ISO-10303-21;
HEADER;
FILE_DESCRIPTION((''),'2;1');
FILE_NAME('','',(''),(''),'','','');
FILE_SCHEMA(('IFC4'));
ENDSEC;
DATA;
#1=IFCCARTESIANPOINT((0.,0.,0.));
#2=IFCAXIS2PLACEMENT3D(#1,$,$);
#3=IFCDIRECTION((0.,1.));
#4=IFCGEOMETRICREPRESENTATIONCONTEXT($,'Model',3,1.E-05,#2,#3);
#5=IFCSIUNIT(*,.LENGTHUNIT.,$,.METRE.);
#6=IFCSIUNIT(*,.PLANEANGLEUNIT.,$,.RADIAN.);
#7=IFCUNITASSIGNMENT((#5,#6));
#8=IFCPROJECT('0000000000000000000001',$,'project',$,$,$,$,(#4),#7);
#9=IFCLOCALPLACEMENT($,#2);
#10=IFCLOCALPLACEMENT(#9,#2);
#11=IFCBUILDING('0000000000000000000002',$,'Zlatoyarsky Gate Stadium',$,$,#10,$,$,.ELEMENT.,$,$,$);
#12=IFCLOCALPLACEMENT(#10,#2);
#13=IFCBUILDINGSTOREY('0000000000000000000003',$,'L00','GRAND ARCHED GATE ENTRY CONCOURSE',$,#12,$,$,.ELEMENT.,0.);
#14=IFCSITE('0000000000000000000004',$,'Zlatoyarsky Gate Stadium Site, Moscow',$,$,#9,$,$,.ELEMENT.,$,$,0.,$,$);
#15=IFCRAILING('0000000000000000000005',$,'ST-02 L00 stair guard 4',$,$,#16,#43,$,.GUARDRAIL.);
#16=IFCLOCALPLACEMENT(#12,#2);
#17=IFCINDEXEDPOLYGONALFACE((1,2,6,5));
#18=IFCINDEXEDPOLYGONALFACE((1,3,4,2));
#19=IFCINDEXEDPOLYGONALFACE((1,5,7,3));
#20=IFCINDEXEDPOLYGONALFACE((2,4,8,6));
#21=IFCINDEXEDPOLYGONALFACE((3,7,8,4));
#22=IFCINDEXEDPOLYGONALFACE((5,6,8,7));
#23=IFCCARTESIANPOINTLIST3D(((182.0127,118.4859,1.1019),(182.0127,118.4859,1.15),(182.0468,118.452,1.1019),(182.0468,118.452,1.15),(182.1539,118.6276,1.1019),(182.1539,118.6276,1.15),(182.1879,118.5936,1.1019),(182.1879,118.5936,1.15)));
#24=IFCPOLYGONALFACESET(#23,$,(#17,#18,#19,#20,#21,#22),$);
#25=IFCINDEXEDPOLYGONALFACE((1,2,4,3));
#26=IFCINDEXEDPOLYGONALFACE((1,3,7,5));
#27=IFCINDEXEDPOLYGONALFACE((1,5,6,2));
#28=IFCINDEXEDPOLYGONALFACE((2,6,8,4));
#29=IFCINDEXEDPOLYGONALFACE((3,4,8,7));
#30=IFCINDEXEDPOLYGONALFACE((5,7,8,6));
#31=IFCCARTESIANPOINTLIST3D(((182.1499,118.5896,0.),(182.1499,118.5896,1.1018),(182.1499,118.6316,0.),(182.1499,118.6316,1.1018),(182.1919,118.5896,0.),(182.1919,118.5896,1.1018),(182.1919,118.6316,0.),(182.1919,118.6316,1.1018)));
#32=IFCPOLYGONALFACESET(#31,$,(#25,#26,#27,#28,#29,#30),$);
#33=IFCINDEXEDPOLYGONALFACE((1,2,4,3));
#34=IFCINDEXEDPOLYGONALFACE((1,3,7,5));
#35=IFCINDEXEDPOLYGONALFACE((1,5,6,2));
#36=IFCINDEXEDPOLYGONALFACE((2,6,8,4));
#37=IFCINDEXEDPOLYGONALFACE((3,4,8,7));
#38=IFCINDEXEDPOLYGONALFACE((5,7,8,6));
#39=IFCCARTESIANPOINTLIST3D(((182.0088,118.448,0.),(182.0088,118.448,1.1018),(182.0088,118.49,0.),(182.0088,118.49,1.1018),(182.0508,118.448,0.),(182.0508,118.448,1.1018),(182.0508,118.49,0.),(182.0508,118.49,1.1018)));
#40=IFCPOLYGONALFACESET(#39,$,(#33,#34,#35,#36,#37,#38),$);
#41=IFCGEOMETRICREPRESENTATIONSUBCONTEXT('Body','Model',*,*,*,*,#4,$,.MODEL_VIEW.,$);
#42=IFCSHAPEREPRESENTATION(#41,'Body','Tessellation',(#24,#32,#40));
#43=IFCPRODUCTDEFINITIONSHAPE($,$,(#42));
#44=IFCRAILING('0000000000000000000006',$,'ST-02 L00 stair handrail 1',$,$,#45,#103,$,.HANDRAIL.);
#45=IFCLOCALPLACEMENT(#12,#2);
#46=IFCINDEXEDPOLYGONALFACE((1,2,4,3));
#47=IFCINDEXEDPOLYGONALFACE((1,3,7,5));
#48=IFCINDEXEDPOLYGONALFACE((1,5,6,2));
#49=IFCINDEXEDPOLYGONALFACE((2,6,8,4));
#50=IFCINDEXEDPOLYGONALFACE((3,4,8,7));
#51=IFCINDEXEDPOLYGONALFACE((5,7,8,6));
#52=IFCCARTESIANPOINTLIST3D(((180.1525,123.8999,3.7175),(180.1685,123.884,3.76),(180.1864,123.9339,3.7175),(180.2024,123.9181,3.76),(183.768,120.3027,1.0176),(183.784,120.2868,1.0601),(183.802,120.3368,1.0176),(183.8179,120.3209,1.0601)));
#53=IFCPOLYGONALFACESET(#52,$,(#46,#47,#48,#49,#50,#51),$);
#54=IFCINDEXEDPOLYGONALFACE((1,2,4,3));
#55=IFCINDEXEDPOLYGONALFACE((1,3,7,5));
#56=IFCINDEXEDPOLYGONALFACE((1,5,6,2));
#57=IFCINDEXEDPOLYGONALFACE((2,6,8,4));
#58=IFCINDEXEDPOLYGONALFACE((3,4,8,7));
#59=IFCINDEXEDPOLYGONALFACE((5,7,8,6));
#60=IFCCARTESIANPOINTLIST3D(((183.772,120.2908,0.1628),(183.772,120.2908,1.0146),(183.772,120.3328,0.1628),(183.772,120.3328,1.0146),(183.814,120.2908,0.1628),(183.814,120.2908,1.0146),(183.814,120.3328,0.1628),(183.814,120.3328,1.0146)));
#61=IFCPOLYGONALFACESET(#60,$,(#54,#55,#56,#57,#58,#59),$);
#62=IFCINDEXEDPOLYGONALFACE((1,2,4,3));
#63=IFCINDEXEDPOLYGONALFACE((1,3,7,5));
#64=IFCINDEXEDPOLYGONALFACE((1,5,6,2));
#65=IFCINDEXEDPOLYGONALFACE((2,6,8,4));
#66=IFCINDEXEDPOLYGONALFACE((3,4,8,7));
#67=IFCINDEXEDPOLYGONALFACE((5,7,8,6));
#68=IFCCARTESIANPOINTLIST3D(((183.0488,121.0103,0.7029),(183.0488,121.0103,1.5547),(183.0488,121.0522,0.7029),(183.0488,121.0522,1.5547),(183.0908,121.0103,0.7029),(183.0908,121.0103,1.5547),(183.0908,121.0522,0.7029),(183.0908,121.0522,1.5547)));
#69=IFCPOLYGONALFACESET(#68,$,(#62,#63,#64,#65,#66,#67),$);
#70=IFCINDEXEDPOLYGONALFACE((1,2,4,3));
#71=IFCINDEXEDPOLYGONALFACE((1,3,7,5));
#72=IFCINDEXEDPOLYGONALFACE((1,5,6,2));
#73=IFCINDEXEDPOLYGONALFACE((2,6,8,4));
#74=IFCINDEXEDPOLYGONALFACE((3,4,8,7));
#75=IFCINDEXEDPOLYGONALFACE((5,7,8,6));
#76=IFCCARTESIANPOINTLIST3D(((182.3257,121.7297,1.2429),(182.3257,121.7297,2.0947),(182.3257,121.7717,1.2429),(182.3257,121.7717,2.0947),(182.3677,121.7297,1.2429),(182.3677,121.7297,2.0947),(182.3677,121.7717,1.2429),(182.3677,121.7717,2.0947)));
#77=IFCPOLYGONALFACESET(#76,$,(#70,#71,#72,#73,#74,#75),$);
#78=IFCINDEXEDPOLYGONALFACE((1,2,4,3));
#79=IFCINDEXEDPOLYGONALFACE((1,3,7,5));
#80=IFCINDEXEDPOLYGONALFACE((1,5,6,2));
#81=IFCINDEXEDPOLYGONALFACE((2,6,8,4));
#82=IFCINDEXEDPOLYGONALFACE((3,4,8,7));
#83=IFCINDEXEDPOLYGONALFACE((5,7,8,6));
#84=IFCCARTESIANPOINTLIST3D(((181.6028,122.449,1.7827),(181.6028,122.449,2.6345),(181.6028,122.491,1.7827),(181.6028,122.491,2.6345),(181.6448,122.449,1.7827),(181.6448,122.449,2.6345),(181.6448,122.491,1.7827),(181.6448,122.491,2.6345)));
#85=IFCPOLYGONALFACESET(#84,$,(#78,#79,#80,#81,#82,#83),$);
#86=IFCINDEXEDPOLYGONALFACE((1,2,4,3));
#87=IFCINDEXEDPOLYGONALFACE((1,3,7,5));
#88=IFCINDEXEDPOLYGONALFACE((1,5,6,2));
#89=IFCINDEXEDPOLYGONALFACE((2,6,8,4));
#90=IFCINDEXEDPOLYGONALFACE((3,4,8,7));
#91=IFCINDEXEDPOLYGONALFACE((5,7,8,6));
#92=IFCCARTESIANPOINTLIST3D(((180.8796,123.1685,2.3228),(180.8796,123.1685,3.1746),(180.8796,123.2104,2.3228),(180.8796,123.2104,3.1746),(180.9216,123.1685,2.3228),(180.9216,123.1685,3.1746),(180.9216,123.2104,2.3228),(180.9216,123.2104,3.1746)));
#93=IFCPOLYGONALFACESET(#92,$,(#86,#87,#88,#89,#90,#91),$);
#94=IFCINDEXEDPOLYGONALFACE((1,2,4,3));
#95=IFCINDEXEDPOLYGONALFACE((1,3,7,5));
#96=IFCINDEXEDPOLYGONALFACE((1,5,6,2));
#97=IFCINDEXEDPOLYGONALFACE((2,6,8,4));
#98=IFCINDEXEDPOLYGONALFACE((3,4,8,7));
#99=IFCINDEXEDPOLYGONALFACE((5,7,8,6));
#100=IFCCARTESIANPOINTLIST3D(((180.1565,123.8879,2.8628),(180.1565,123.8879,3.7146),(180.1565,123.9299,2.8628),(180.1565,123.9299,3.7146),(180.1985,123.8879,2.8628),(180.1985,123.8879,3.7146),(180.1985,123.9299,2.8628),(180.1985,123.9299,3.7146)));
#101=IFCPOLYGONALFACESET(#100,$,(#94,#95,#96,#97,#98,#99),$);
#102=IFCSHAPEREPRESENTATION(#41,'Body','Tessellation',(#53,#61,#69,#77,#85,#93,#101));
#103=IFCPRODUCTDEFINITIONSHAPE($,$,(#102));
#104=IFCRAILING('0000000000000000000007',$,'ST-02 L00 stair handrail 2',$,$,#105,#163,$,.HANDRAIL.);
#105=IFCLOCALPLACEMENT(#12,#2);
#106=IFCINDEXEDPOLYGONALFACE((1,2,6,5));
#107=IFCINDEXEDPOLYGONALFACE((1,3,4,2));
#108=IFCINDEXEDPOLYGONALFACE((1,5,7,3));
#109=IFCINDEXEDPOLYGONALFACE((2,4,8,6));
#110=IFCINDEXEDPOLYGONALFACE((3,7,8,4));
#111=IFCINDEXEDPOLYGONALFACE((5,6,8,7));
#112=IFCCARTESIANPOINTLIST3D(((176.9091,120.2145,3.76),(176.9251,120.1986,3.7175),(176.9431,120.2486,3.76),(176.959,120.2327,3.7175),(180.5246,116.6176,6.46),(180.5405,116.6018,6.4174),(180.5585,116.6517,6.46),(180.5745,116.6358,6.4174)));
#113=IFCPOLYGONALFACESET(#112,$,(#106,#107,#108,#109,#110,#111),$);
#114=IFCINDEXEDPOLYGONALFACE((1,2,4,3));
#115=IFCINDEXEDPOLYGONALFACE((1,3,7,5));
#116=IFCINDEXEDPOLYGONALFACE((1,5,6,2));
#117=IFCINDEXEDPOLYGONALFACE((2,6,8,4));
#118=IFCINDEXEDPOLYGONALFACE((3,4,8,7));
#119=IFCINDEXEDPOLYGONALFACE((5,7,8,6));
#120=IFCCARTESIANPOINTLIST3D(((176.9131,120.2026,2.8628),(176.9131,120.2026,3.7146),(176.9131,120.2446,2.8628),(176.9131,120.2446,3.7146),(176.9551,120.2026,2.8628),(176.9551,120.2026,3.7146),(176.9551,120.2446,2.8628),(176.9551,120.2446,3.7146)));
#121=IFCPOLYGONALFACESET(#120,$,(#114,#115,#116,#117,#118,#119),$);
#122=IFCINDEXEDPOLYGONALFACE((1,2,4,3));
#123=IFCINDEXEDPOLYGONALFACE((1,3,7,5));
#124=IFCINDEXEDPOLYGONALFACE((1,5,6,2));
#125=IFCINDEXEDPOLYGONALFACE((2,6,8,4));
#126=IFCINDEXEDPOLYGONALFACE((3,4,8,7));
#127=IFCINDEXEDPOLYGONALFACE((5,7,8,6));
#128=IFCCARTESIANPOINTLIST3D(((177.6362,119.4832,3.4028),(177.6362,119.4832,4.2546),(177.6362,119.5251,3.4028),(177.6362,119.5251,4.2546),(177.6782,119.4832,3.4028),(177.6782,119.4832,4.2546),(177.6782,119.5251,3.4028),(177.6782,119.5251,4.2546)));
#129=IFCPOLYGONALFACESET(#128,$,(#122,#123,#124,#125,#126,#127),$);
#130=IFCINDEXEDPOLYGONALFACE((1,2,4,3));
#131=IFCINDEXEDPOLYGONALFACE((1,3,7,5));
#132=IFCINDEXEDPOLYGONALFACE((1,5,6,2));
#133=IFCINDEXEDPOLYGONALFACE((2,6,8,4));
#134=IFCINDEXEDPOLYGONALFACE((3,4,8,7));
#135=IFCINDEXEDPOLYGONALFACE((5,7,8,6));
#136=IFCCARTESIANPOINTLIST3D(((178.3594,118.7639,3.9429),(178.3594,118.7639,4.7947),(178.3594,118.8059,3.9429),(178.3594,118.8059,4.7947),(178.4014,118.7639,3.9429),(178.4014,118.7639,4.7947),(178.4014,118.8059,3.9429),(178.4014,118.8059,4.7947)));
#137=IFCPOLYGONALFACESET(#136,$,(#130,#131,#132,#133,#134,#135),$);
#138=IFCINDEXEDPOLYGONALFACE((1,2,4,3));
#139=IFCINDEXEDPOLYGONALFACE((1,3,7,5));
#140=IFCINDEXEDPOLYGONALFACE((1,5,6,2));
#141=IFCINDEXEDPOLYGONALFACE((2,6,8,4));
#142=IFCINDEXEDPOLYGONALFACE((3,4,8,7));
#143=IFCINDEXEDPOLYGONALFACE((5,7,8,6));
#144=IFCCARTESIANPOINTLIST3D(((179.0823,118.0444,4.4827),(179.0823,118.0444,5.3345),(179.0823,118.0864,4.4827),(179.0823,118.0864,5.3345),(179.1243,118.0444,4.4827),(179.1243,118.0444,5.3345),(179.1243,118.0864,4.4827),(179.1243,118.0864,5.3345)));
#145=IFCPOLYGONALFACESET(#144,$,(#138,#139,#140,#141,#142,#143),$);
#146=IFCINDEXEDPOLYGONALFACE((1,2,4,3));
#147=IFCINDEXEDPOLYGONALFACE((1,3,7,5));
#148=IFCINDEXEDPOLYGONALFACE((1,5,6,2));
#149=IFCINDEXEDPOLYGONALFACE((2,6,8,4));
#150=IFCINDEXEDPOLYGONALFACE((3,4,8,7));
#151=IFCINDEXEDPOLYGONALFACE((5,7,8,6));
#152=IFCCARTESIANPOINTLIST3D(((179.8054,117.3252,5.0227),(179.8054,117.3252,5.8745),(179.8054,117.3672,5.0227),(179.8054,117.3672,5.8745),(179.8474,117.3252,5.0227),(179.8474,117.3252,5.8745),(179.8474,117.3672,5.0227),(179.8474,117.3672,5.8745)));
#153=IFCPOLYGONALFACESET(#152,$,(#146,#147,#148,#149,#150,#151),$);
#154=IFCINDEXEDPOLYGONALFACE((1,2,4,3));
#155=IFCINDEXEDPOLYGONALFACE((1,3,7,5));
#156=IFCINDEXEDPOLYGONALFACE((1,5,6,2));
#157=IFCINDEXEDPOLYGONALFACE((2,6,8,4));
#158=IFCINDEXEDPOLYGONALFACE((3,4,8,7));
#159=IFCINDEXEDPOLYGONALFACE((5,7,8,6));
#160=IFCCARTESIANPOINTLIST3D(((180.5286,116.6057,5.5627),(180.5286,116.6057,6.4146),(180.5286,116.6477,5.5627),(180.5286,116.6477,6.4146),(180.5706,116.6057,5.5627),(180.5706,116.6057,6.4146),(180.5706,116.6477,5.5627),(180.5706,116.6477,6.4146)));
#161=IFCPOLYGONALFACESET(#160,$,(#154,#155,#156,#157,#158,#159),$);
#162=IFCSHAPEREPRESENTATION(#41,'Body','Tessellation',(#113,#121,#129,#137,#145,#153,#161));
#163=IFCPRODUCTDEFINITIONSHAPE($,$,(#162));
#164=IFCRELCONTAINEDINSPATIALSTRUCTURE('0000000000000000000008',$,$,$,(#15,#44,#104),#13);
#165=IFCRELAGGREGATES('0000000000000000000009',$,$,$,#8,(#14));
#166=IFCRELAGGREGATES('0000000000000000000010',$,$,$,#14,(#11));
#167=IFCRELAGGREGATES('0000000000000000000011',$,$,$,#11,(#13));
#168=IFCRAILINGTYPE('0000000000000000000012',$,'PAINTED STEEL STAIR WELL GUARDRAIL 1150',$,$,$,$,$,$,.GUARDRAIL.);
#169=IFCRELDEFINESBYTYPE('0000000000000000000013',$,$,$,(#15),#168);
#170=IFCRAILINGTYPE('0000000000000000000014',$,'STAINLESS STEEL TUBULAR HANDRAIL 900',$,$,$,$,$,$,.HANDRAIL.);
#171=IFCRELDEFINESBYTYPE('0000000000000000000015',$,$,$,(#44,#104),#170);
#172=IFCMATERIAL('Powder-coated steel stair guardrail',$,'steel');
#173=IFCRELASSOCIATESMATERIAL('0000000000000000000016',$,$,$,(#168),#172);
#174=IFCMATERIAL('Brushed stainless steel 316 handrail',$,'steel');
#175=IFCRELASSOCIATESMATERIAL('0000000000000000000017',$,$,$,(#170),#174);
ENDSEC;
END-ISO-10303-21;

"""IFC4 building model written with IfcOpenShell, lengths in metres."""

from ifc_helpers import new_model, si_unit, direction, frame, origin, origin_2d, place, context, subcontext, project, spatial, rectangle, extrude, material, type_object, element, save


model = new_model("IFC4")

# Units and contexts
model_context = context("Model", 3, precision=1e-05, world=origin(), true_north=direction((0.0, 1.0)))
body_context = subcontext(model_context, "Body", "Model", "MODEL_VIEW")
ifc_project = project(units=[si_unit("LENGTHUNIT", "METRE"), si_unit("PLANEANGLEUNIT", "RADIAN")], contexts=[model_context])

# Site, building, storey
site_placement = place(None, origin())
site = spatial("IfcSite", under=ifc_project, at=site_placement, Name="Zlatoyarsky Gate Stadium Site, Moscow", CompositionType="ELEMENT", RefElevation=0.0)
building_placement = place(site_placement, origin())
building = spatial("IfcBuilding", under=site, at=building_placement, Name="Zlatoyarsky Gate Stadium", CompositionType="ELEMENT")
storey_placement = place(building_placement, origin())
storey = spatial("IfcBuildingStorey", under=building, at=storey_placement, Name="L00", Description="GRAND ARCHED GATE ENTRY CONCOURSE", CompositionType="ELEMENT", Elevation=0.0)

# Railings
ifc_material_1 = material(Name="Powder-coated steel stair guardrail", Category="steel")
railing_type_1 = type_object("IfcRailingType", Name="PAINTED STEEL STAIR WELL GUARDRAIL 1150", PredefinedType="GUARDRAIL", material=ifc_material_1)
railing_1_placement = place(storey_placement, frame((182.1709, 118.6106, 0.0)))
element("IfcRailing", 1, at=railing_1_placement, inside=storey, type_object=railing_type_1, Name="ST-02 L00 stair guard 4", PredefinedType="GUARDRAIL", context=body_context, shape_type="SweptSolid", body=[
    extrude(rectangle(XDim=0.0481, YDim=0.0481, at=origin_2d()), frame((0.0, 0.0, 1.126), z_axis=(-0.705884, -0.708327, 0.0), x_axis=(0.708327, -0.705884, 0.0)), (0.0, 0.0, 1.0), 0.2),
    extrude(rectangle(XDim=0.042, YDim=0.042, at=origin_2d()), origin(), (0.0, 0.0, 1.0), 1.1018),
    extrude(rectangle(XDim=0.042, YDim=0.042, at=origin_2d()), frame((-0.1411, -0.1416, 0.0)), (0.0, 0.0, 1.0), 1.1018),
])
ifc_material_2 = material(Name="Brushed stainless steel 316 handrail", Category="steel")
railing_type_2 = type_object("IfcRailingType", Name="STAINLESS STEEL TUBULAR HANDRAIL 900", PredefinedType="HANDRAIL", material=ifc_material_2)
railing_2_placement = place(storey_placement, frame((183.793, 120.3118, 0.1628)))
element("IfcRailing", 2, at=railing_2_placement, inside=storey, type_object=railing_type_2, Name="ST-02 L00 stair handrail 1", PredefinedType="HANDRAIL", context=body_context, shape_type="SweptSolid", body=[
    extrude(rectangle(XDim=0.0481, YDim=0.0481, at=origin_2d()), frame((0.0, 0.0, 0.876), z_axis=(-0.626523, 0.62335, 0.467872), x_axis=(-0.705309, -0.7089, 0.0)), (0.0, 0.0, 1.0), 5.7708),
    extrude(rectangle(XDim=0.042, YDim=0.042, at=origin_2d()), origin(), (0.0, 0.0, 1.0), 0.8518),
    extrude(rectangle(XDim=0.042, YDim=0.042, at=origin_2d()), frame((-0.7231, 0.7195, 0.54)), (0.0, 0.0, 1.0), 0.8518),
    extrude(rectangle(XDim=0.042, YDim=0.042, at=origin_2d()), frame((-1.4463, 1.439, 1.0801)), (0.0, 0.0, 1.0), 0.8518),
    extrude(rectangle(XDim=0.042, YDim=0.042, at=origin_2d()), frame((-2.1692, 2.1582, 1.6199)), (0.0, 0.0, 1.0), 0.8518),
    extrude(rectangle(XDim=0.042, YDim=0.042, at=origin_2d()), frame((-2.8923, 2.8777, 2.1599)), (0.0, 0.0, 1.0), 0.8518),
    extrude(rectangle(XDim=0.042, YDim=0.042, at=origin_2d()), frame((-3.6155, 3.5972, 2.7)), (0.0, 0.0, 1.0), 0.8518),
])
railing_3_placement = place(storey_placement, frame((176.9341, 120.2236, 2.8628)))
element("IfcRailing", 3, at=railing_3_placement, inside=storey, type_object=railing_type_2, Name="ST-02 L00 stair handrail 2", PredefinedType="HANDRAIL", context=body_context, shape_type="SweptSolid", body=[
    extrude(rectangle(XDim=0.0481, YDim=0.0481, at=origin_2d()), frame((0.0, 0.0, 0.876), z_axis=(0.626539, -0.623324, 0.467884), x_axis=(0.705285, 0.708924, 0.0)), (0.0, 0.0, 1.0), 5.7705),
    extrude(rectangle(XDim=0.042, YDim=0.042, at=origin_2d()), origin(), (0.0, 0.0, 1.0), 0.8518),
    extrude(rectangle(XDim=0.042, YDim=0.042, at=origin_2d()), frame((0.7231, -0.7195, 0.54)), (0.0, 0.0, 1.0), 0.8518),
    extrude(rectangle(XDim=0.042, YDim=0.042, at=origin_2d()), frame((1.4463, -1.4387, 1.0801)), (0.0, 0.0, 1.0), 0.8518),
    extrude(rectangle(XDim=0.042, YDim=0.042, at=origin_2d()), frame((2.1692, -2.1582, 1.6199)), (0.0, 0.0, 1.0), 0.8518),
    extrude(rectangle(XDim=0.042, YDim=0.042, at=origin_2d()), frame((2.8923, -2.8774, 2.1599)), (0.0, 0.0, 1.0), 0.8518),
    extrude(rectangle(XDim=0.042, YDim=0.042, at=origin_2d()), frame((3.6155, -3.5969, 2.7)), (0.0, 0.0, 1.0), 0.8518),
])

save(model, "model.ifc")
